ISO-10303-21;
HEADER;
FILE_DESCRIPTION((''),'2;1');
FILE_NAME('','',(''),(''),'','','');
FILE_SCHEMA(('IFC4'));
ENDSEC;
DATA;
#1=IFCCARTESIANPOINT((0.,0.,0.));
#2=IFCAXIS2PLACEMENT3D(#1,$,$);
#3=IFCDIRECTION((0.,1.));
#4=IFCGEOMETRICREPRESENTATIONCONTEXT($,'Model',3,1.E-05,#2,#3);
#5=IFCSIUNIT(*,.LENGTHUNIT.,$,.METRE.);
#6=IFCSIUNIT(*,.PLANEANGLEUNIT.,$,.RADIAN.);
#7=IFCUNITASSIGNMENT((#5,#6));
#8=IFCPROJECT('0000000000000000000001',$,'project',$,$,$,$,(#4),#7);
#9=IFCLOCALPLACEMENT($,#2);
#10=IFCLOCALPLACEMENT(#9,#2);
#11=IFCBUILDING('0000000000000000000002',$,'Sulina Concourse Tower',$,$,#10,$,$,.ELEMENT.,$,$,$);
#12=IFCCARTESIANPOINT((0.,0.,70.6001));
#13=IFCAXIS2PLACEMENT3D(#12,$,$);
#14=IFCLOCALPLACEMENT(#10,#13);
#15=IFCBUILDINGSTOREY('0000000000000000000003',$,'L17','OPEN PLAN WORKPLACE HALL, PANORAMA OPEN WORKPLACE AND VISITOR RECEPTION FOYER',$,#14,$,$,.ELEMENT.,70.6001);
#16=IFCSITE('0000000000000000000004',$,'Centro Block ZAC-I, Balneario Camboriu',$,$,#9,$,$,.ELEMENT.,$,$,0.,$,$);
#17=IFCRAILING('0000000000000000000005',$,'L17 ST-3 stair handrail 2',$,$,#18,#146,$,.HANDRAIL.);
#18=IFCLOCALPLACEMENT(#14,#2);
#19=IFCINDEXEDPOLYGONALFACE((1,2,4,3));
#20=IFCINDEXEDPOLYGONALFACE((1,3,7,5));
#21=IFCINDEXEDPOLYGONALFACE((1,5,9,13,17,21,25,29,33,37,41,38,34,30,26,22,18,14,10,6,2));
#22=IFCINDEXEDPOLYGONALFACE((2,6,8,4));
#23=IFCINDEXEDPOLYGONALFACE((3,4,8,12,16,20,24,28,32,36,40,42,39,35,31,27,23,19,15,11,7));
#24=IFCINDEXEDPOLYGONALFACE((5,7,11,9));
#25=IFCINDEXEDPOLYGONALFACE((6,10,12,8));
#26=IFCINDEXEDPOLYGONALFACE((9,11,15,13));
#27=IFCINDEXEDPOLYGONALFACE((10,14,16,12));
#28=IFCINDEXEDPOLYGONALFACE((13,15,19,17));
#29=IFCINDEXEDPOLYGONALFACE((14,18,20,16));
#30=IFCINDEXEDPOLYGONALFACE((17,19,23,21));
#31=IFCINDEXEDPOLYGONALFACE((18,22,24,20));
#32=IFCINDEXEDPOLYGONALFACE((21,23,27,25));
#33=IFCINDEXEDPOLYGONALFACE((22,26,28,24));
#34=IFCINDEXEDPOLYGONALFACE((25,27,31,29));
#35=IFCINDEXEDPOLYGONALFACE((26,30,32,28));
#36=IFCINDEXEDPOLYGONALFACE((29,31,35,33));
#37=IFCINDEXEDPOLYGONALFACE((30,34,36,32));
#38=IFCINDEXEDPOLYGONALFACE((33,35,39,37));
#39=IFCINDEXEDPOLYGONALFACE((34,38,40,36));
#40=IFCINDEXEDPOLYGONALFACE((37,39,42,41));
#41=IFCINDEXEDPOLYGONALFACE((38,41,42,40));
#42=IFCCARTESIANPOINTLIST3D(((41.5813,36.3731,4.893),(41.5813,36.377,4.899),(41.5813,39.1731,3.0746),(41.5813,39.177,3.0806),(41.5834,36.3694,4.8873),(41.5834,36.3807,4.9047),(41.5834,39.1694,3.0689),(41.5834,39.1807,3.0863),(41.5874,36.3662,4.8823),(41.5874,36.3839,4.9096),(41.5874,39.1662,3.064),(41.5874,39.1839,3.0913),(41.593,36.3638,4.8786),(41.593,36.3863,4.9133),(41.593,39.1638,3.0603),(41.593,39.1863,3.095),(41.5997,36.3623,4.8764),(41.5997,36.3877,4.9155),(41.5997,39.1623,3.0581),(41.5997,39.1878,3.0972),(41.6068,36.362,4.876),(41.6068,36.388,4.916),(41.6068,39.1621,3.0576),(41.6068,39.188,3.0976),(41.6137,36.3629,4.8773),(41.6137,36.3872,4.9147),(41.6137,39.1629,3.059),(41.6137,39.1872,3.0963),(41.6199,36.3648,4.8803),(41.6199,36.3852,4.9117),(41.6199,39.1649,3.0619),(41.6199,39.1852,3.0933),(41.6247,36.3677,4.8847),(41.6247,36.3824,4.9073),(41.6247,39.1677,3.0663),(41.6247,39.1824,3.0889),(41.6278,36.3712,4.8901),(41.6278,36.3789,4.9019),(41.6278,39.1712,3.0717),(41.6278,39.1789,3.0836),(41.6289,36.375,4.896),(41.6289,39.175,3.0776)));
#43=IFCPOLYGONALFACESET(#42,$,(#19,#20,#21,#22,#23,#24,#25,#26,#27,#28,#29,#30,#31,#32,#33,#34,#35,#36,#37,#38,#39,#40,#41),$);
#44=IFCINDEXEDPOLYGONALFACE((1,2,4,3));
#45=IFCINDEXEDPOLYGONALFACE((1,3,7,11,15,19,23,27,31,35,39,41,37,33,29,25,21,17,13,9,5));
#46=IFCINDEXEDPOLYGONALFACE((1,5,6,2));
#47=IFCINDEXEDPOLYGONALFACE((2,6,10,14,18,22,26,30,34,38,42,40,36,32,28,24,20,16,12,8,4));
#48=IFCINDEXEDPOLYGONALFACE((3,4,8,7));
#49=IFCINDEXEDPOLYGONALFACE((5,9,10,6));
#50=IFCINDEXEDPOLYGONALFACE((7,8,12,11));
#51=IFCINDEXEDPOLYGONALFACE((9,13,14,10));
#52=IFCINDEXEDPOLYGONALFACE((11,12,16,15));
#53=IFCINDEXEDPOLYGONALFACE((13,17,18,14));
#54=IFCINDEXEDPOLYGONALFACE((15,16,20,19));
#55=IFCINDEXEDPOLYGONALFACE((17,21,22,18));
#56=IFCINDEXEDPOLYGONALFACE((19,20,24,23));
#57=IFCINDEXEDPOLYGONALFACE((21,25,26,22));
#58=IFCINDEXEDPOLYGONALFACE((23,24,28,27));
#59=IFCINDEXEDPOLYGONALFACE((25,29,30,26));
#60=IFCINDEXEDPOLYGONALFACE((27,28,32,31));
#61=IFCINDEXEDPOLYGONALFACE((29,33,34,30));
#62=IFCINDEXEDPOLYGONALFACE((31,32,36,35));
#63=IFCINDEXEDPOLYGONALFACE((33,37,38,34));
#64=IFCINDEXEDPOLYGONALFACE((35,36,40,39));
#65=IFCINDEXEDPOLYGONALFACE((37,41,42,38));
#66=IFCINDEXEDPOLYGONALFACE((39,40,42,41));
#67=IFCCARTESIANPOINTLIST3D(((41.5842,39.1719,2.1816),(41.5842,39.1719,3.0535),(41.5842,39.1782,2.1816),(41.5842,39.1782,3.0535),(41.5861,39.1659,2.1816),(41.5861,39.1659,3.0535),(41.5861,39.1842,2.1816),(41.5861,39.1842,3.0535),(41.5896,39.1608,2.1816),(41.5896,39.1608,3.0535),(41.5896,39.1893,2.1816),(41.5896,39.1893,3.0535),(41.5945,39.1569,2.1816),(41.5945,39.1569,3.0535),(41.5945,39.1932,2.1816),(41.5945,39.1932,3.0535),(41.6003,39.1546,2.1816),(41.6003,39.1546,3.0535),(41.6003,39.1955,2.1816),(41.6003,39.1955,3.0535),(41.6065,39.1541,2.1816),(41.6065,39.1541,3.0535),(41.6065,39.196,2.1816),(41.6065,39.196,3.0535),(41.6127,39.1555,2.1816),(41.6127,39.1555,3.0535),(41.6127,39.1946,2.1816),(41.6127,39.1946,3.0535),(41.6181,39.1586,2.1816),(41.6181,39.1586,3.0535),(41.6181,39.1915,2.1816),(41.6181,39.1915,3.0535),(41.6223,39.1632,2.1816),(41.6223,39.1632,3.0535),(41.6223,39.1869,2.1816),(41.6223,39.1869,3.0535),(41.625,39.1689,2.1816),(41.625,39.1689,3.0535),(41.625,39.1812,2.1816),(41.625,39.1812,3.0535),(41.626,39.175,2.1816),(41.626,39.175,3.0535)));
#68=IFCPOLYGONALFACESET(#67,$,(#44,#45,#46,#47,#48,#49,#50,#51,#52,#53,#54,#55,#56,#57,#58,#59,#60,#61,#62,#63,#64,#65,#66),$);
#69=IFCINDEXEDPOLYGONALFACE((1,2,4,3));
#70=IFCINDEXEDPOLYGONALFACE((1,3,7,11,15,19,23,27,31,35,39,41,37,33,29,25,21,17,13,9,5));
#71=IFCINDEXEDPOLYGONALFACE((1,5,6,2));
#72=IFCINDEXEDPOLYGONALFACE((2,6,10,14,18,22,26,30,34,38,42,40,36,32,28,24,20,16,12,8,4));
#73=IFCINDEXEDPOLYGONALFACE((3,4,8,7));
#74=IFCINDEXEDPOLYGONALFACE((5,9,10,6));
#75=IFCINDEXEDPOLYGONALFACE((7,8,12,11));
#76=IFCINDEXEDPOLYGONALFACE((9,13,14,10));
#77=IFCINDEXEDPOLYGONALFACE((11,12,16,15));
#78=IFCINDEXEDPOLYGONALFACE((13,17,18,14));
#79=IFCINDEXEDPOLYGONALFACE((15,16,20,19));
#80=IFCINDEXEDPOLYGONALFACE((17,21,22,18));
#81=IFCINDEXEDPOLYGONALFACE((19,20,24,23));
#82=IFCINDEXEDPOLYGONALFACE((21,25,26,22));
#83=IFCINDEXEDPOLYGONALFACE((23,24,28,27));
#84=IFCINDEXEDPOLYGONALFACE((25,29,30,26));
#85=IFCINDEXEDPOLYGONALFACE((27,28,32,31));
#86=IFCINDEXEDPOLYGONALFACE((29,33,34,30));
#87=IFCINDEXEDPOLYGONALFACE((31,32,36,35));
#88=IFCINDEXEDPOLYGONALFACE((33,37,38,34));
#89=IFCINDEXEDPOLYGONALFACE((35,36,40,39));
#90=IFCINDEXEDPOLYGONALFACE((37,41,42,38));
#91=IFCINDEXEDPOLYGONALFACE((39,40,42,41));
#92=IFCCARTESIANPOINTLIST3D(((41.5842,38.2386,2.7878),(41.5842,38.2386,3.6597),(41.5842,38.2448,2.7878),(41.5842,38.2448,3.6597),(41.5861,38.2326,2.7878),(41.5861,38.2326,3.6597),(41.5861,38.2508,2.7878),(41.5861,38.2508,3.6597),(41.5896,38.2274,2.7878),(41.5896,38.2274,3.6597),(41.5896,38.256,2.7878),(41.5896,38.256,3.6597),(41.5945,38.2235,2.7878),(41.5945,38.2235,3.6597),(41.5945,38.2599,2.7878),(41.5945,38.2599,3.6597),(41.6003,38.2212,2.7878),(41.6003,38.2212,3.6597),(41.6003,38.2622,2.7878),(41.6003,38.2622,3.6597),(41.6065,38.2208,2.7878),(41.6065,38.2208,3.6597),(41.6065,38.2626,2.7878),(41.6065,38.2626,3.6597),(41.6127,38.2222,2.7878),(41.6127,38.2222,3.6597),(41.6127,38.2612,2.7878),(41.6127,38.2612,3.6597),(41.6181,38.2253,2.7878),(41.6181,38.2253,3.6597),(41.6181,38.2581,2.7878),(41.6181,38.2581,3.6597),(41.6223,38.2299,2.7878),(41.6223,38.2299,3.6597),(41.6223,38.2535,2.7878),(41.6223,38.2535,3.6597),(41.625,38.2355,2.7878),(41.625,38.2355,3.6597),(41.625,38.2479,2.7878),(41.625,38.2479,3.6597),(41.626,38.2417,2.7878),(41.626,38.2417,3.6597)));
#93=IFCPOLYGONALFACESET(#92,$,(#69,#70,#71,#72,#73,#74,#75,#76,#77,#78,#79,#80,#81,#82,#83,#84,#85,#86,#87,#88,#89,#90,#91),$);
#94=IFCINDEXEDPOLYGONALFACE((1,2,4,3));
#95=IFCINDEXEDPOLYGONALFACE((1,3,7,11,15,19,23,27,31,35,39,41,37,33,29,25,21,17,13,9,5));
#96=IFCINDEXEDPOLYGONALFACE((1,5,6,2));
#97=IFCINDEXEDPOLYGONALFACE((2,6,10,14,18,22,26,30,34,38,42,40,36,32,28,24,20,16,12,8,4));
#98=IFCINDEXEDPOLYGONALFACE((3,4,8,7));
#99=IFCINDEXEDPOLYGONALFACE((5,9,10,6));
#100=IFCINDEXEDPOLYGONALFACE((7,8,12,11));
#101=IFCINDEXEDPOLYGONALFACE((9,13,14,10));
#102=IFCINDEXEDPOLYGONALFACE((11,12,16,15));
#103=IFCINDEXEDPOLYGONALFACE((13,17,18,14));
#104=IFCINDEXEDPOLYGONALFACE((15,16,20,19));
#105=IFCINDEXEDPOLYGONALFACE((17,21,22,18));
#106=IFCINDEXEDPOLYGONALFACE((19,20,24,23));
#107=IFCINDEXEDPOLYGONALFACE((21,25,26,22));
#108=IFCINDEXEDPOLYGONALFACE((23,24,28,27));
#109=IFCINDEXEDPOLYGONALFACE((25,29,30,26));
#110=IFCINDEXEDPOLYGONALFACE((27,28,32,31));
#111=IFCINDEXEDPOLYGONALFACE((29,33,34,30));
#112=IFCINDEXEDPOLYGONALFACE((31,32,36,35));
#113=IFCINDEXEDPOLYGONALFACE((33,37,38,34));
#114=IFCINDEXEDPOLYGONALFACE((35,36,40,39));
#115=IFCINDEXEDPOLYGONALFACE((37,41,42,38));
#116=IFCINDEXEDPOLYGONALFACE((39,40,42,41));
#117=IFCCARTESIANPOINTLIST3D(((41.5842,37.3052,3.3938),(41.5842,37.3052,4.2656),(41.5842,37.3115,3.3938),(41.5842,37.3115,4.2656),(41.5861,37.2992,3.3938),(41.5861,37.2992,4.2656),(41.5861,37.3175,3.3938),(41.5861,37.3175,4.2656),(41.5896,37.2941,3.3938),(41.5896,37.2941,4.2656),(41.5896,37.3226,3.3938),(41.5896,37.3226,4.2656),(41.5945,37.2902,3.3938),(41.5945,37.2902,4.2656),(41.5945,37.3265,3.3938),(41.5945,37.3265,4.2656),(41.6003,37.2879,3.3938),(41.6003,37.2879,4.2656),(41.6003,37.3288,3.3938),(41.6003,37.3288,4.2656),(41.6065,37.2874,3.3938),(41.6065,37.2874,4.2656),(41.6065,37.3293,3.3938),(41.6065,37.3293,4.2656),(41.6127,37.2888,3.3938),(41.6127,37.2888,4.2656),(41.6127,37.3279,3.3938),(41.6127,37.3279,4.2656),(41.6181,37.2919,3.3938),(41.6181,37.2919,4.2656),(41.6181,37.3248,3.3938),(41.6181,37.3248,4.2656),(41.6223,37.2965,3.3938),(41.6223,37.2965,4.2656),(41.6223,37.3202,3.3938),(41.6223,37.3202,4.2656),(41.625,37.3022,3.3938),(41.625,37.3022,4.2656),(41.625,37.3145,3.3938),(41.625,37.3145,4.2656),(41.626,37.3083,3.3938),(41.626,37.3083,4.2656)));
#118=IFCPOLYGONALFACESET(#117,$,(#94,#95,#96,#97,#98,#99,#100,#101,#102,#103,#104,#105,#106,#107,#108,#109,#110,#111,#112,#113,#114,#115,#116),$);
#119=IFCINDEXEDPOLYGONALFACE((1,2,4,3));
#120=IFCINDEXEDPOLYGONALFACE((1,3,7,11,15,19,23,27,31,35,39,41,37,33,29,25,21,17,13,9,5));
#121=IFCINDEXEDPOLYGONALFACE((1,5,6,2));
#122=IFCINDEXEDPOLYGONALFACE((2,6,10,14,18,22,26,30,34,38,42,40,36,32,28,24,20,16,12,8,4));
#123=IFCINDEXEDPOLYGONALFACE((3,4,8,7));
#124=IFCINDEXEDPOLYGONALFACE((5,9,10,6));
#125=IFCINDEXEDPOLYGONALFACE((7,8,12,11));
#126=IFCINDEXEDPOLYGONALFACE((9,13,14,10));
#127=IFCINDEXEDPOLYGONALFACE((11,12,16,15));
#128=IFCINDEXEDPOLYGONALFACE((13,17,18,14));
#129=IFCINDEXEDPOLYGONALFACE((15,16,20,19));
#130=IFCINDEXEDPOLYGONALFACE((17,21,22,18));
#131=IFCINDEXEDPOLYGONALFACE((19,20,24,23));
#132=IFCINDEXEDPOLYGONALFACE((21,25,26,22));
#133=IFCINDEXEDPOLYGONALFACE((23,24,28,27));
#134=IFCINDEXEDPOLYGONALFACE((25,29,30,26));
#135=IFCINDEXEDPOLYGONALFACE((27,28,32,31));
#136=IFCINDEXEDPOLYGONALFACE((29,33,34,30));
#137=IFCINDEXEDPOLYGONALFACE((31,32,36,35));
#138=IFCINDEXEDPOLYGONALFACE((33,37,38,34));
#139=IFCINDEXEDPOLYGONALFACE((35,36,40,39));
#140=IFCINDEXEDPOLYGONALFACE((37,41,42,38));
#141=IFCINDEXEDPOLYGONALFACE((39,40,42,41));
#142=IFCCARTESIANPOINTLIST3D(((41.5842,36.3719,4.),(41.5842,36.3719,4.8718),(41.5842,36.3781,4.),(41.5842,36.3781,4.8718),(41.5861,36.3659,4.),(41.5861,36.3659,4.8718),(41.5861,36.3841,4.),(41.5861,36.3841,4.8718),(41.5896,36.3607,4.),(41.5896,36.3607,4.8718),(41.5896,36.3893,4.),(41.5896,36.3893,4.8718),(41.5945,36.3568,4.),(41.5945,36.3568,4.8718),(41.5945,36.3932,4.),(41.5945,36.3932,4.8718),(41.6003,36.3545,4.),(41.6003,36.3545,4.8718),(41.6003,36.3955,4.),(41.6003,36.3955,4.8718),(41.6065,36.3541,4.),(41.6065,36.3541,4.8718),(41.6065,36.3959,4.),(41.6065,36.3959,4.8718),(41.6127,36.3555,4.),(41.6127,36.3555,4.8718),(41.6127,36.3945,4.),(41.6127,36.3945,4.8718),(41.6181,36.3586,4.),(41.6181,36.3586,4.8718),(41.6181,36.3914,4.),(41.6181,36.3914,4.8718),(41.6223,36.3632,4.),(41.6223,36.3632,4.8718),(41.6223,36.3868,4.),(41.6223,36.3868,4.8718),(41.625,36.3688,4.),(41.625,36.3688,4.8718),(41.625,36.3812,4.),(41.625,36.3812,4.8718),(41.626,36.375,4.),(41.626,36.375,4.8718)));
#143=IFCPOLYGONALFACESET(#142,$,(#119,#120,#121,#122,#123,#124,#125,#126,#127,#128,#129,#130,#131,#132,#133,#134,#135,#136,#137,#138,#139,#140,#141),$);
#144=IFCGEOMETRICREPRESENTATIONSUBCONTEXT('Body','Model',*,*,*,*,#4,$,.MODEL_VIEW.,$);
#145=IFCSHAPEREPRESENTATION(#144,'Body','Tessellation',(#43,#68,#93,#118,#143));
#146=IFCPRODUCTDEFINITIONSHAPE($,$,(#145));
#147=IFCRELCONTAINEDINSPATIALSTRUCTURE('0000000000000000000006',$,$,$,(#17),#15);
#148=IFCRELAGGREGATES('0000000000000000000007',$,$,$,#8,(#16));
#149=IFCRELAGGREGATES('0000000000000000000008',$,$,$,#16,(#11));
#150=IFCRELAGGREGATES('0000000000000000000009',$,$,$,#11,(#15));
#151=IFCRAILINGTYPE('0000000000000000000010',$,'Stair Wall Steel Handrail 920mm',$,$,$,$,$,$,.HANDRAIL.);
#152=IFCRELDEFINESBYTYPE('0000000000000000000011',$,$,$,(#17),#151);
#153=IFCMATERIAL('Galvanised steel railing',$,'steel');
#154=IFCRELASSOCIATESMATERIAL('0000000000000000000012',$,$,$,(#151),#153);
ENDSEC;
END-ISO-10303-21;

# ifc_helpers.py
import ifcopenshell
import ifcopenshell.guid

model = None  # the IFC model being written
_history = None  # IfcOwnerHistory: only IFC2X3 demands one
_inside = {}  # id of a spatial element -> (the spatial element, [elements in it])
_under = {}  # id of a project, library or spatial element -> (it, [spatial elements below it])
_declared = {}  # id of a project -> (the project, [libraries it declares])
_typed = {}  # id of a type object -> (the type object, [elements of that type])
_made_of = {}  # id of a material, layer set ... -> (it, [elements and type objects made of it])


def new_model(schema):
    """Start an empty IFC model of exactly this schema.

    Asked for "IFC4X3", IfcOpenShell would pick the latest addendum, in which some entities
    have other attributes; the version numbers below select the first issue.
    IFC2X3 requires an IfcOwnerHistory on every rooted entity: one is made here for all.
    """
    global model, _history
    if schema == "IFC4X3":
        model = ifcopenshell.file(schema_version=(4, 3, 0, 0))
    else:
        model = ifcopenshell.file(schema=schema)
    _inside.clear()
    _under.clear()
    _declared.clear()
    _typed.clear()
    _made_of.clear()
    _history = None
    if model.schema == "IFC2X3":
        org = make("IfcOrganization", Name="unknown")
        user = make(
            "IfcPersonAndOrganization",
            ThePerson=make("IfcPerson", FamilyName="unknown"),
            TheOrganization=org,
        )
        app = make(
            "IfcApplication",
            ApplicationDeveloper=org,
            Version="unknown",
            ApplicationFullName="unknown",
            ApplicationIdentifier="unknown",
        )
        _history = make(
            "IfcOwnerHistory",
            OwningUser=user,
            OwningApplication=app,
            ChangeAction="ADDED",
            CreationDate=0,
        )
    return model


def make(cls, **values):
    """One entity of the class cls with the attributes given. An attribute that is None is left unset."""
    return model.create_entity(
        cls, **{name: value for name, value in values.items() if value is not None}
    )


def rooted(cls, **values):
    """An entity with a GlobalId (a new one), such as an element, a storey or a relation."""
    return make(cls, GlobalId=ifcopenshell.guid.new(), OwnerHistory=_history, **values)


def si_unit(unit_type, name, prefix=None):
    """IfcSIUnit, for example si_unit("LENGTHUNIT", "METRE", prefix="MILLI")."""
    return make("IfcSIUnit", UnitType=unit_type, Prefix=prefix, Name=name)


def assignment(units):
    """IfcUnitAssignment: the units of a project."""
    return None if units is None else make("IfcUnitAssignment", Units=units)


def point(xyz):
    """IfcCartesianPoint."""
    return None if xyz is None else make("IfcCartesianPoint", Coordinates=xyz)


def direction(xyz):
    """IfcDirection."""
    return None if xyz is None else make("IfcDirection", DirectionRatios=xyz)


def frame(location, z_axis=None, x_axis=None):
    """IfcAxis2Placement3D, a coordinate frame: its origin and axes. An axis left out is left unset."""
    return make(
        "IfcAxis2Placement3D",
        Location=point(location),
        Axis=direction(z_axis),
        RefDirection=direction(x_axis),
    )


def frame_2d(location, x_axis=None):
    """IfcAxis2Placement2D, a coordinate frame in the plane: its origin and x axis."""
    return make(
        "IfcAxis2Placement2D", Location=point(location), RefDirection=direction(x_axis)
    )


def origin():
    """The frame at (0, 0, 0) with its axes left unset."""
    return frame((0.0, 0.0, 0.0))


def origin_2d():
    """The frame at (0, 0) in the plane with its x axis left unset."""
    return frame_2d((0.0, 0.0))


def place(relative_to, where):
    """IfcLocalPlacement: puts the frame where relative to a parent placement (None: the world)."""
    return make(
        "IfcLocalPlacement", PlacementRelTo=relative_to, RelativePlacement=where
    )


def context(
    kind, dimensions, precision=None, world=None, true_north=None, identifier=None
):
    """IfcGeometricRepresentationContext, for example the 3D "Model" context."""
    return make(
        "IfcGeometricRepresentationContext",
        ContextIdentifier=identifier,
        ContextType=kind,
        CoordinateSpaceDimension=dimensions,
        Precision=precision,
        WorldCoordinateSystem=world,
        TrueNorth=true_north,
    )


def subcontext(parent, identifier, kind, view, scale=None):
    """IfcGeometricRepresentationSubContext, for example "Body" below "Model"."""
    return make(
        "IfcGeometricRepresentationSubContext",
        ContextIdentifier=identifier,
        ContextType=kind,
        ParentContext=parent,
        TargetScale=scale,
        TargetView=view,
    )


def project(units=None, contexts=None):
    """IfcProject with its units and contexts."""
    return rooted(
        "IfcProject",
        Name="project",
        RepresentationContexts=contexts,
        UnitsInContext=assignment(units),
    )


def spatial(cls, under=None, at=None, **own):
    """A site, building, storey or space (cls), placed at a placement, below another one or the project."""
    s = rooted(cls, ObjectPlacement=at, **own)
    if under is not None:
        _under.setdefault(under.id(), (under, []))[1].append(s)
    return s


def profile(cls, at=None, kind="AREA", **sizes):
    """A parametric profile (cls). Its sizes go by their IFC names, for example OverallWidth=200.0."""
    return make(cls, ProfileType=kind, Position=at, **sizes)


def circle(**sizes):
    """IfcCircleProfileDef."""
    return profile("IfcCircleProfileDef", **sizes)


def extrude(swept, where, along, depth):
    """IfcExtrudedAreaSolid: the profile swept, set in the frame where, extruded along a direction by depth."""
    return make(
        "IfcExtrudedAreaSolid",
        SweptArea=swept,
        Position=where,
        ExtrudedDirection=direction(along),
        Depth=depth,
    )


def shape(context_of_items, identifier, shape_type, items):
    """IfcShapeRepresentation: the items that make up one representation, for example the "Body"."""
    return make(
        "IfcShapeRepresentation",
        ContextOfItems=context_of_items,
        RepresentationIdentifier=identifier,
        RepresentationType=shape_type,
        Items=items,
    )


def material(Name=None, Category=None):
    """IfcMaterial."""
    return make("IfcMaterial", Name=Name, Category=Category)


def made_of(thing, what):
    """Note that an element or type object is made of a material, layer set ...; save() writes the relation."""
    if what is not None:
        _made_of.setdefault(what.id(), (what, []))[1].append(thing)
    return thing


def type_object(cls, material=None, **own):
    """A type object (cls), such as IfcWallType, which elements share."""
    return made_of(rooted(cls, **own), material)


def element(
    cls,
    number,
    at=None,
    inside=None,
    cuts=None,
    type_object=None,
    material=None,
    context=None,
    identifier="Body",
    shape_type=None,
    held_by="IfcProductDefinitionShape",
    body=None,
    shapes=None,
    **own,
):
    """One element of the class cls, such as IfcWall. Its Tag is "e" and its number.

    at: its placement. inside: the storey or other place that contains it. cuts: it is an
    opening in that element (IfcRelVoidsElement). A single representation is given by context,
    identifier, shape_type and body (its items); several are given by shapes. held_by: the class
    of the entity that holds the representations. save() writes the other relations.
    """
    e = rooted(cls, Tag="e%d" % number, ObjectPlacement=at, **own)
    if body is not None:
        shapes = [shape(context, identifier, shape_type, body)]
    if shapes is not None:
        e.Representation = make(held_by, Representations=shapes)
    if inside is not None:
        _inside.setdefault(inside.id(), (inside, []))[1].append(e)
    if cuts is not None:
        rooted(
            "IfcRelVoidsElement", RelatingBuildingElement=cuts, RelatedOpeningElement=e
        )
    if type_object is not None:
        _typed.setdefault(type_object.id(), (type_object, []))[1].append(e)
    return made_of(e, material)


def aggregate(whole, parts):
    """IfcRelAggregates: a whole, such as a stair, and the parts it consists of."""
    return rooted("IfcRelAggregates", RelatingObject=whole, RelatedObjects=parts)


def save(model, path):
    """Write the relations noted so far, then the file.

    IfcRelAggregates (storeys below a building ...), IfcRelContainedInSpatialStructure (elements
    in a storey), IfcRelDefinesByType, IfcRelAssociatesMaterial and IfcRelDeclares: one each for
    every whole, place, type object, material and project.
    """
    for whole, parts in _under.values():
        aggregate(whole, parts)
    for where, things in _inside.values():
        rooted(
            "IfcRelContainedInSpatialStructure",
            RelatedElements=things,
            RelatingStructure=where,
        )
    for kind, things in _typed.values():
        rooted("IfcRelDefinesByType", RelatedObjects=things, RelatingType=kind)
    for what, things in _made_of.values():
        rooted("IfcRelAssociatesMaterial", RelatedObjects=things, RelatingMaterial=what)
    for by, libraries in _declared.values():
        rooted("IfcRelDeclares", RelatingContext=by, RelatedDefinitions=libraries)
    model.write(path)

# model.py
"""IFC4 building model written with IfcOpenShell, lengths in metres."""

from ifc_helpers import new_model, si_unit, direction, frame, origin, origin_2d, place, context, subcontext, project, spatial, circle, extrude, material, type_object, element, save


model = new_model("IFC4")

# Units and contexts
model_context = context("Model", 3, precision=1e-05, world=origin(), true_north=direction((0.0, 1.0)))
body_context = subcontext(model_context, "Body", "Model", "MODEL_VIEW")
ifc_project = project(units=[si_unit("LENGTHUNIT", "METRE"), si_unit("PLANEANGLEUNIT", "RADIAN")], contexts=[model_context])

# Site, building, storey
site_placement = place(None, origin())
site = spatial("IfcSite", under=ifc_project, at=site_placement, Name="Centro Block ZAC-I, Balneario Camboriu", CompositionType="ELEMENT", RefElevation=0.0)
building_placement = place(site_placement, origin())
building = spatial("IfcBuilding", under=site, at=building_placement, Name="Sulina Concourse Tower", CompositionType="ELEMENT")
storey_placement = place(building_placement, frame((0.0, 0.0, 70.6001)))
storey = spatial("IfcBuildingStorey", under=building, at=storey_placement, Name="L17", Description="OPEN PLAN WORKPLACE HALL, PANORAMA OPEN WORKPLACE AND VISITOR RECEPTION FOYER", CompositionType="ELEMENT", Elevation=70.6001)

# Railing
ifc_material_1 = material(Name="Galvanised steel railing", Category="steel")
railing_type_1 = type_object("IfcRailingType", Name="Stair Wall Steel Handrail 920mm", PredefinedType="HANDRAIL", material=ifc_material_1)
railing_1_placement = place(storey_placement, frame((41.605, 39.175, 2.1816)))
element("IfcRailing", 1, at=railing_1_placement, inside=storey, type_object=railing_type_1, Name="L17 ST-3 stair handrail 2", PredefinedType="HANDRAIL", context=body_context, shape_type="SweptSolid", body=[
    extrude(circle(Radius=0.0239, at=origin_2d()), frame((0.0, 0.0, 0.896), z_axis=(0.0, -0.838672, 0.544636), x_axis=(1.0, 0.0, 0.0)), (0.0, 0.0, 1.0), 3.3386),
    extrude(circle(Radius=0.021, at=origin_2d()), origin(), (0.0, 0.0, 1.0), 0.8718),
    extrude(circle(Radius=0.021, at=origin_2d()), frame((0.0, -0.9333, 0.6062)), (0.0, 0.0, 1.0), 0.8718),
    extrude(circle(Radius=0.021, at=origin_2d()), frame((0.0, -1.8667, 1.2122)), (0.0, 0.0, 1.0), 0.8718),
    extrude(circle(Radius=0.021, at=origin_2d()), frame((0.0, -2.8, 1.8184)), (0.0, 0.0, 1.0), 0.8718),
])

save(model, "model.ifc")
